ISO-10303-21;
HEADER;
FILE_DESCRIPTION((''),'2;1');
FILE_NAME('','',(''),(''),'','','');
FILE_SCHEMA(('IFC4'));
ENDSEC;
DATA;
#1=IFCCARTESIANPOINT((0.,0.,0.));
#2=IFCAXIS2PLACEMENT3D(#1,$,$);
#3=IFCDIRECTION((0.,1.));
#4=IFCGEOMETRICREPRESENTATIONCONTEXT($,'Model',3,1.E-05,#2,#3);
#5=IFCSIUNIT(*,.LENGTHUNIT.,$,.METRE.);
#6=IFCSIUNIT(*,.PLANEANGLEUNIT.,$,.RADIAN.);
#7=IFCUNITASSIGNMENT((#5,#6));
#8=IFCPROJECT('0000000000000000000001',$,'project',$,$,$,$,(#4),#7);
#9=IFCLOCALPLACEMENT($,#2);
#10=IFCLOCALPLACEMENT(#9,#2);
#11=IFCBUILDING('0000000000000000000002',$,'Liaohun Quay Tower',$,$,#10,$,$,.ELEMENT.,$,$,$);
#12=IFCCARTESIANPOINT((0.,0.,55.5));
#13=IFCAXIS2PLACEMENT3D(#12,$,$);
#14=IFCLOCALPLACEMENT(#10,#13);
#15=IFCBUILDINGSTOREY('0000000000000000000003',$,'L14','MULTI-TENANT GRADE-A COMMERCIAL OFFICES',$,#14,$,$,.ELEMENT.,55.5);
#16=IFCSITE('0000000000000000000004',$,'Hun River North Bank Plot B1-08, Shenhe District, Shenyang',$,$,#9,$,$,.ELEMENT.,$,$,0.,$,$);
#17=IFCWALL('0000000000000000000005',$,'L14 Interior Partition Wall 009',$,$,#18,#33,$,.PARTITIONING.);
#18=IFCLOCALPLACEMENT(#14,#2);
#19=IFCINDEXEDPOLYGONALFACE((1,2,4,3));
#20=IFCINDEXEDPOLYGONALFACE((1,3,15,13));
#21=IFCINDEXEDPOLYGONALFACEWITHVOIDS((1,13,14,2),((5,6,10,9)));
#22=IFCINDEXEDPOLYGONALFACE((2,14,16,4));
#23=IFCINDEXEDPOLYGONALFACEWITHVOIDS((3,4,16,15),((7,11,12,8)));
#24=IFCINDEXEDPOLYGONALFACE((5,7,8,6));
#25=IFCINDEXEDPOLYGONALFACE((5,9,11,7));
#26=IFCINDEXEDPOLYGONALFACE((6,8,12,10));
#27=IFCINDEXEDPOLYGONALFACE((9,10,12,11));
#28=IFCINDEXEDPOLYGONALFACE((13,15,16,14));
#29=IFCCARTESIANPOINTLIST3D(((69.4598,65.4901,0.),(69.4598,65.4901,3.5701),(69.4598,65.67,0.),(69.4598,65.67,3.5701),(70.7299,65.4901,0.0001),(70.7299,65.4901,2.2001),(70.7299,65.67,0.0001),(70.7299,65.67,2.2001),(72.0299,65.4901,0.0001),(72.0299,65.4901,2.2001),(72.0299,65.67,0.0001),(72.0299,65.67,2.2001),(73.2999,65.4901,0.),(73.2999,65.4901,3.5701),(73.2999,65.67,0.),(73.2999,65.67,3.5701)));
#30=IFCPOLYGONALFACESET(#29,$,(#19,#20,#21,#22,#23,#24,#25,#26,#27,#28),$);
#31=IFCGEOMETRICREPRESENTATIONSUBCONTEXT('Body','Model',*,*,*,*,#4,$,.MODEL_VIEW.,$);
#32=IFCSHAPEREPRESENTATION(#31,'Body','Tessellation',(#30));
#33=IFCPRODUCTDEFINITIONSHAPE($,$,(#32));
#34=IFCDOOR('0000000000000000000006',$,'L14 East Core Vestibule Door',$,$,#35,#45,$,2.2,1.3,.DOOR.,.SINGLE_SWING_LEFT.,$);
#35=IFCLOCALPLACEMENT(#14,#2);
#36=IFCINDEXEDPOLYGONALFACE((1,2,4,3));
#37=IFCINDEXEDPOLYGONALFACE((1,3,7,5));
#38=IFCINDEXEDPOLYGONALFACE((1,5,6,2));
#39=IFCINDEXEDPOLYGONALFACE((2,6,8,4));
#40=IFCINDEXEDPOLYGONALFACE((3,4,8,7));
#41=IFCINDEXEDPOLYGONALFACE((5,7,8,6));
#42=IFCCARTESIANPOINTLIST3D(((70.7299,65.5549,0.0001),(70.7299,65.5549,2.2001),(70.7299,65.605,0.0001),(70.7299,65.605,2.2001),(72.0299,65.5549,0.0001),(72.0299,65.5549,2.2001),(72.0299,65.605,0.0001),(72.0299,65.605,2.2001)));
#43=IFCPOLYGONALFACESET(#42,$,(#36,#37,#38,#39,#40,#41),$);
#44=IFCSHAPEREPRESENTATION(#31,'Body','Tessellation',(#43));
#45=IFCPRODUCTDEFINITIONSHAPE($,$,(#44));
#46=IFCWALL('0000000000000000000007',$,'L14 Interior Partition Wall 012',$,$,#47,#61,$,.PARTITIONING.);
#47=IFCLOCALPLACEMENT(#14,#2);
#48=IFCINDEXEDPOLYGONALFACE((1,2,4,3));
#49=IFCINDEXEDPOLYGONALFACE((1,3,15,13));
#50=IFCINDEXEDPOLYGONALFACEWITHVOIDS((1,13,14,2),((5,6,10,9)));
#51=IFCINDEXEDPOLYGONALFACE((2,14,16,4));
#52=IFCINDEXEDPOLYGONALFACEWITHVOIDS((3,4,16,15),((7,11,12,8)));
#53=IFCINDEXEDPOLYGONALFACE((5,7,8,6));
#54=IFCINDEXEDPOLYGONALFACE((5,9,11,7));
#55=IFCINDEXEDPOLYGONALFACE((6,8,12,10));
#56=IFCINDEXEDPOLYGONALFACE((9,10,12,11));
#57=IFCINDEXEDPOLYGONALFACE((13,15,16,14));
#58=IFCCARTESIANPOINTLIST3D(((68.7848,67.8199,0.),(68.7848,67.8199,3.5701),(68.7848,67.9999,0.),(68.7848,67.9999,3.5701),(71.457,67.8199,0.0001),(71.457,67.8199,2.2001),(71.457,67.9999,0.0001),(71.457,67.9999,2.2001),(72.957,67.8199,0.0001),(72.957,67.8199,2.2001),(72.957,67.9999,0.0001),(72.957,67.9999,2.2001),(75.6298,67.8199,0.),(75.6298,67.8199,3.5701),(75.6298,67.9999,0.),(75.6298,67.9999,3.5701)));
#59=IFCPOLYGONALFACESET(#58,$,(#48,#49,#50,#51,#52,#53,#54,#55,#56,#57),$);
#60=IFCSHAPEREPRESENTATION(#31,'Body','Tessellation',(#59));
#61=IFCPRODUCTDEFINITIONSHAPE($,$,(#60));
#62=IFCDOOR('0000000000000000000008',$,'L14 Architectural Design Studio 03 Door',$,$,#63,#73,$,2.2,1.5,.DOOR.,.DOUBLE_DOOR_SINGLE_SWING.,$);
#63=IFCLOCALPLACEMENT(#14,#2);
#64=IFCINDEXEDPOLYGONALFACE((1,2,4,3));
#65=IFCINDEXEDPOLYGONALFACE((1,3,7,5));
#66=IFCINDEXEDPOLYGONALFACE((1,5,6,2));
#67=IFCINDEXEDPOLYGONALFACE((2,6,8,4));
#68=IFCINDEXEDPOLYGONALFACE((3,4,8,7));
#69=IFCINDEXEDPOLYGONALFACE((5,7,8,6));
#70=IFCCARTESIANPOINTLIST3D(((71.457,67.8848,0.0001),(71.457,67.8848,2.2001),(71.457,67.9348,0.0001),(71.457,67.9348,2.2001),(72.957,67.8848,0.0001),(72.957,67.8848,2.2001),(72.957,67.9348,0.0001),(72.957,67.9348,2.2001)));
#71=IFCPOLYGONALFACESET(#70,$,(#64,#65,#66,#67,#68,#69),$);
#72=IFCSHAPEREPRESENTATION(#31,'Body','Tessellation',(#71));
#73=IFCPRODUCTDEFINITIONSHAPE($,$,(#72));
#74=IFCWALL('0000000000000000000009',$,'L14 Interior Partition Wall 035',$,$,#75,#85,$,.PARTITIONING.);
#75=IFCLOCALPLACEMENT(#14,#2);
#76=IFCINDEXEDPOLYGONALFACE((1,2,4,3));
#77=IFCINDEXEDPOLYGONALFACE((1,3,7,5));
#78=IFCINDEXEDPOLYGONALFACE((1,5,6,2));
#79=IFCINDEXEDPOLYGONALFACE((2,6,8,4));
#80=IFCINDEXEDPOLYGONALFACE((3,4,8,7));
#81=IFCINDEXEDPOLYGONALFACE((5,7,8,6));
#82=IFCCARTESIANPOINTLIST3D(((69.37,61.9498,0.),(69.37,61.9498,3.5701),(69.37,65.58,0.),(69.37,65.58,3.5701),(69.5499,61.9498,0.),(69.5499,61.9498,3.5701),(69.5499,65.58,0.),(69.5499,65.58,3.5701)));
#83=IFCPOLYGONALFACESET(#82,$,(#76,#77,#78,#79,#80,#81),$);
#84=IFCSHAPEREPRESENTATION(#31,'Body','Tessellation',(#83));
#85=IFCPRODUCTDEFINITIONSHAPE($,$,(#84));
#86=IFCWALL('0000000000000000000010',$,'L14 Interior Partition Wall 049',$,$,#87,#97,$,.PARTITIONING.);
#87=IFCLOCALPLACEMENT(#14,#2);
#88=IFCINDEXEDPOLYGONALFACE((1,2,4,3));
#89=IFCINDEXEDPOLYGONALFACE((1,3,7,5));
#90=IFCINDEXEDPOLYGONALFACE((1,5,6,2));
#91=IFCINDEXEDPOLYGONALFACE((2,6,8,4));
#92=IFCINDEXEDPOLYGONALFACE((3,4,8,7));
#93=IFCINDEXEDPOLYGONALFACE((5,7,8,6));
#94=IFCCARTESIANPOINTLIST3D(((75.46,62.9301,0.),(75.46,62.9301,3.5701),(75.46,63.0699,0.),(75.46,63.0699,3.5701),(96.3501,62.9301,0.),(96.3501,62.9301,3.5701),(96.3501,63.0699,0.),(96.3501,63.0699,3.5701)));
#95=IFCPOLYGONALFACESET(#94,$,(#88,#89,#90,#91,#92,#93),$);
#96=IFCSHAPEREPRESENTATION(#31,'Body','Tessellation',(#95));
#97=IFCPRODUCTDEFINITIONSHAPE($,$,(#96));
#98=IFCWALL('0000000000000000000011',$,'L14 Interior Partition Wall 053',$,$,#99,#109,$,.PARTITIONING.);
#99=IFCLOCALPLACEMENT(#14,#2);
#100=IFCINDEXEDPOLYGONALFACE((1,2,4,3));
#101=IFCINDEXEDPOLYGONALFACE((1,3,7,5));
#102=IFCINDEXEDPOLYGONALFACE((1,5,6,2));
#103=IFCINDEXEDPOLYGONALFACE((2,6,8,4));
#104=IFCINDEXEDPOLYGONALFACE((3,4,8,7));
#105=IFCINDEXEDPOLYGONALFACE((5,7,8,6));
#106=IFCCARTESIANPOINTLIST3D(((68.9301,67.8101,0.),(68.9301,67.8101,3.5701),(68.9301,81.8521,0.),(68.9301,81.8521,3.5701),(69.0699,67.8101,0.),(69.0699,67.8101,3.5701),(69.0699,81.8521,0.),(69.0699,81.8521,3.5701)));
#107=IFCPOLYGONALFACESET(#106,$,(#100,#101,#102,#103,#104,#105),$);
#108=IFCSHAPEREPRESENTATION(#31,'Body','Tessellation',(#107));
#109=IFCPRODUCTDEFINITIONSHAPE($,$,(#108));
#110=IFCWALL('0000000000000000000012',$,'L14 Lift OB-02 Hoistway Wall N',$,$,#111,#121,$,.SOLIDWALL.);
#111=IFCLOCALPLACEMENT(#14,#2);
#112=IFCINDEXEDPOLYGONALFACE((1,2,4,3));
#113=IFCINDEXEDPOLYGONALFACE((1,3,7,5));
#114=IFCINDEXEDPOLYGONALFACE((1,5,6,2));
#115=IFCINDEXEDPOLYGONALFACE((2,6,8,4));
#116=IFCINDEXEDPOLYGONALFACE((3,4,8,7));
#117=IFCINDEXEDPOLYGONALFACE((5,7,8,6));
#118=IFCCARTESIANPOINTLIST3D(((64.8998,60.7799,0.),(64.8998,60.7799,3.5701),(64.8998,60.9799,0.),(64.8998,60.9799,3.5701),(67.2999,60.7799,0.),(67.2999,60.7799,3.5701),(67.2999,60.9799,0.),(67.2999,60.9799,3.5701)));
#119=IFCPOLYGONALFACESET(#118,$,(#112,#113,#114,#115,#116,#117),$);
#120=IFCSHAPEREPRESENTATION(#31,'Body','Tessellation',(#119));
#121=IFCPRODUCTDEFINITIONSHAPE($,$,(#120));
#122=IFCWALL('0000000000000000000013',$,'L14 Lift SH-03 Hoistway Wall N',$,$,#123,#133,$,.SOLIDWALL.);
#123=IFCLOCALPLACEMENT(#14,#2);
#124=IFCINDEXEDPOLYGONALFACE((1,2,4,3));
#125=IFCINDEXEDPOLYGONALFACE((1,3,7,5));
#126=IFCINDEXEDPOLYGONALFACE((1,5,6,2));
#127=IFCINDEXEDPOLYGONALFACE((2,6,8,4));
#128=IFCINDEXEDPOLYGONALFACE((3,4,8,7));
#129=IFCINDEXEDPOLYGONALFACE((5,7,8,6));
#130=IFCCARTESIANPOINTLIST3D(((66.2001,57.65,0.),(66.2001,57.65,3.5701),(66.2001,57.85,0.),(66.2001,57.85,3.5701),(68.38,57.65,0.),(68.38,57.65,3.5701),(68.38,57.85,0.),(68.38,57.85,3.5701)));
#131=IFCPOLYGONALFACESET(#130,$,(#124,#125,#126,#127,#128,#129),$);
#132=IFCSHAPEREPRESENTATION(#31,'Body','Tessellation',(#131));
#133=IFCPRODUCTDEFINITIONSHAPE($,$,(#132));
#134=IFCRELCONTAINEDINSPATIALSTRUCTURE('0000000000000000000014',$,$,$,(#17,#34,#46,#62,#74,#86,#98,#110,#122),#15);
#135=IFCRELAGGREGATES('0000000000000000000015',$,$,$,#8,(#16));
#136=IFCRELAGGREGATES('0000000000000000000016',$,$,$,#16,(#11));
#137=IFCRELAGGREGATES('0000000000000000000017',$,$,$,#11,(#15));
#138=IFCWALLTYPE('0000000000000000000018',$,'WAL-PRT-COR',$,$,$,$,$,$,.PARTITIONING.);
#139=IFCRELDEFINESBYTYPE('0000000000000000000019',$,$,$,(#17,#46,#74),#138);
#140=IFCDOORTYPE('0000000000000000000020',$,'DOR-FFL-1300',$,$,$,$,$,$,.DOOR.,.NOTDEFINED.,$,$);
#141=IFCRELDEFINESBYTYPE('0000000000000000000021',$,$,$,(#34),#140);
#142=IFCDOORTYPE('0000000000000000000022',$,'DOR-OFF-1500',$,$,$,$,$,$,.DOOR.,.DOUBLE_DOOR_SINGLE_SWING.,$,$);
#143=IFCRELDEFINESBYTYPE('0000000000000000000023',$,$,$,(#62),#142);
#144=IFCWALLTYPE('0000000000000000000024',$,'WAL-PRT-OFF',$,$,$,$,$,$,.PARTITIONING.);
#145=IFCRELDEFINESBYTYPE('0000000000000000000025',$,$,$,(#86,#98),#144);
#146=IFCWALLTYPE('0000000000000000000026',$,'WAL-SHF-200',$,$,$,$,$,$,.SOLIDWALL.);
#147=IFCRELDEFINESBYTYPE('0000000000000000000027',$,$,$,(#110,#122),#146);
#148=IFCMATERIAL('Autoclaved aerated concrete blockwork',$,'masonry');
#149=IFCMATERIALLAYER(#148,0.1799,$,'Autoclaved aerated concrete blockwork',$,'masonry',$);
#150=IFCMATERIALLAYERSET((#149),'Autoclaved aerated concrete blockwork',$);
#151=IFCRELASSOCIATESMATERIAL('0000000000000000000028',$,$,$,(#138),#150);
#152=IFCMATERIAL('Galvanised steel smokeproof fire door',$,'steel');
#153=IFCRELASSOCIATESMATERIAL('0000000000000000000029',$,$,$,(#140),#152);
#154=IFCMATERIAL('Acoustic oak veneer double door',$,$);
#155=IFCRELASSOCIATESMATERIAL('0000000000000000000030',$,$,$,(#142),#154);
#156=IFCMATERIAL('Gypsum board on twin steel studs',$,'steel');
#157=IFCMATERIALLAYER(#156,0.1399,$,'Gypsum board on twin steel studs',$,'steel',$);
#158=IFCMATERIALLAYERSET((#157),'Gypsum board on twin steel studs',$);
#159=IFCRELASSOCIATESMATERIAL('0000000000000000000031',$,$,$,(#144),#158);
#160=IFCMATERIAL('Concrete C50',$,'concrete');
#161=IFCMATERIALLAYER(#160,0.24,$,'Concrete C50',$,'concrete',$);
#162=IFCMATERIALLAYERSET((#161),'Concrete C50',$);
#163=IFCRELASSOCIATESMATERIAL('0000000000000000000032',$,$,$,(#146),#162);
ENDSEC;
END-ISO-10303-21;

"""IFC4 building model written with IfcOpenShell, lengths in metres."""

from ifc_helpers import new_model, si_unit, direction, frame, frame_2d, origin, place, context, subcontext, project, spatial, rectangle, extrude, source, transform, mapped, material, layer, layer_set, type_object, element, fill, save


model = new_model("IFC4")

# Units and contexts
model_context = context("Model", 3, precision=1e-05, world=origin(), true_north=direction((0.0, 1.0)))
body_context = subcontext(model_context, "Body", "Model", "MODEL_VIEW")
ifc_project = project(units=[si_unit("LENGTHUNIT", "METRE"), si_unit("PLANEANGLEUNIT", "RADIAN")], contexts=[model_context])

# Site, building, storey
site_placement = place(None, origin())
site = spatial("IfcSite", under=ifc_project, at=site_placement, Name="Hun River North Bank Plot B1-08, Shenhe District, Shenyang", CompositionType="ELEMENT", RefElevation=0.0)
building_placement = place(site_placement, origin())
building = spatial("IfcBuilding", under=site, at=building_placement, Name="Liaohun Quay Tower", CompositionType="ELEMENT")
storey_placement = place(building_placement, frame((0.0, 0.0, 55.5)))
storey = spatial("IfcBuildingStorey", under=building, at=storey_placement, Name="L14", Description="MULTI-TENANT GRADE-A COMMERCIAL OFFICES", CompositionType="ELEMENT", Elevation=55.5)

# Walls, openings, doors
ifc_material_1 = material(Name="Autoclaved aerated concrete blockwork", Category="masonry")
ifc_layer_1 = layer(ifc_material_1, 0.1799, Name="Autoclaved aerated concrete blockwork", Category="masonry")
ifc_layer_set_1 = layer_set([ifc_layer_1], Name="Autoclaved aerated concrete blockwork")
wall_type_1 = type_object("IfcWallType", Name="WAL-PRT-COR", PredefinedType="PARTITIONING", material=ifc_layer_set_1)
wall_1_placement = place(storey_placement, frame((69.46, 65.5801, 0.0), z_axis=(0.0, 0.0, 1.0), x_axis=(1.0, 0.0, 0.0)))
wall_1 = element("IfcWall", 1, at=wall_1_placement, inside=storey, type_object=wall_type_1, Name="L14 Interior Partition Wall 009", PredefinedType="PARTITIONING", context=body_context, shape_type="SweptSolid", body=[
    extrude(rectangle(XDim=3.8401, YDim=0.1799, at=frame_2d((1.9199, 0.0))), origin(), (0.0, 0.0, 1.0), 3.5701),
])
shared_shape_1 = source(origin(), body_context, "Body", "SweptSolid", [
    extrude(rectangle(XDim=1.3, YDim=2.2, at=frame_2d((0.6499, 1.1001))), frame((0.0, 0.0999, 0.0), z_axis=(0.0, -1.0, 0.0), x_axis=(1.0, 0.0, 0.0)), (0.0, 0.0, 1.0), 0.2),
])
opening_1_placement = place(wall_1_placement, frame((1.27, 0.0, 0.0)))
opening_1 = element("IfcOpeningElement", 2, at=opening_1_placement, cuts=wall_1, PredefinedType="OPENING", context=body_context, shape_type="MappedRepresentation", body=[
    mapped(shared_shape_1, transform((0.0, 0.0, 0.0), x_axis=(1.0, 0.0, 0.0), y_axis=(0.0, 1.0, 0.0), z_axis=(0.0, 0.0, 1.0), scale=1.0)),
])
ifc_material_2 = material(Name="Galvanised steel smokeproof fire door", Category="steel")
door_type_1 = type_object("IfcDoorType", Name="DOR-FFL-1300", OperationType="NOTDEFINED", PredefinedType="DOOR", material=ifc_material_2)
shared_shape_2 = source(origin(), body_context, "Body", "SweptSolid", [
    extrude(rectangle(XDim=1.3, YDim=2.2, at=frame_2d((0.6499, 1.1001))), frame((0.0, 0.0249, 0.0), z_axis=(0.0, -1.0, 0.0), x_axis=(1.0, 0.0, 0.0)), (0.0, 0.0, 1.0), 0.05),
])
door_1_placement = place(opening_1_placement, origin())
door_1 = element("IfcDoor", 3, at=door_1_placement, inside=storey, type_object=door_type_1, Name="L14 East Core Vestibule Door", OperationType="SINGLE_SWING_LEFT", OverallHeight=2.2, OverallWidth=1.3, PredefinedType="DOOR", context=body_context, shape_type="MappedRepresentation", body=[
    mapped(shared_shape_2, transform((0.0, 0.0, 0.0), x_axis=(1.0, 0.0, 0.0), y_axis=(0.0, 1.0, 0.0), z_axis=(0.0, 0.0, 1.0), scale=1.0)),
])
fill(opening_1, door_1)
wall_2_placement = place(storey_placement, frame((68.7849, 67.9099, 0.0), z_axis=(0.0, 0.0, 1.0), x_axis=(1.0, 0.0, 0.0)))
wall_2 = element("IfcWall", 4, at=wall_2_placement, inside=storey, type_object=wall_type_1, Name="L14 Interior Partition Wall 012", PredefinedType="PARTITIONING", context=body_context, shape_type="SweptSolid", body=[
    extrude(rectangle(XDim=6.845, YDim=0.1799, at=frame_2d((3.4224, 0.0))), origin(), (0.0, 0.0, 1.0), 3.5701),
])
shared_shape_3 = source(origin(), body_context, "Body", "SweptSolid", [
    extrude(rectangle(XDim=1.5, YDim=2.2, at=frame_2d((0.75, 1.1001))), frame((0.0, 0.0999, 0.0), z_axis=(0.0, -1.0, 0.0), x_axis=(1.0, 0.0, 0.0)), (0.0, 0.0, 1.0), 0.2),
])
opening_2_placement = place(wall_2_placement, frame((2.6721, 0.0, 0.0)))
opening_2 = element("IfcOpeningElement", 5, at=opening_2_placement, cuts=wall_2, PredefinedType="OPENING", context=body_context, shape_type="MappedRepresentation", body=[
    mapped(shared_shape_3, transform((0.0, 0.0, 0.0), x_axis=(1.0, 0.0, 0.0), y_axis=(0.0, 1.0, 0.0), z_axis=(0.0, 0.0, 1.0), scale=1.0)),
])
ifc_material_3 = material(Name="Acoustic oak veneer double door")
door_type_2 = type_object("IfcDoorType", Name="DOR-OFF-1500", OperationType="DOUBLE_DOOR_SINGLE_SWING", PredefinedType="DOOR", material=ifc_material_3)
shared_shape_4 = source(origin(), body_context, "Body", "SweptSolid", [
    extrude(rectangle(XDim=1.5, YDim=2.2, at=frame_2d((0.75, 1.1001))), frame((0.0, 0.0249, 0.0), z_axis=(0.0, -1.0, 0.0), x_axis=(1.0, 0.0, 0.0)), (0.0, 0.0, 1.0), 0.05),
])
door_2_placement = place(opening_2_placement, origin())
door_2 = element("IfcDoor", 6, at=door_2_placement, inside=storey, type_object=door_type_2, Name="L14 Architectural Design Studio 03 Door", OperationType="DOUBLE_DOOR_SINGLE_SWING", OverallHeight=2.2, OverallWidth=1.5, PredefinedType="DOOR", context=body_context, shape_type="MappedRepresentation", body=[
    mapped(shared_shape_4, transform((0.0, 0.0, 0.0), x_axis=(1.0, 0.0, 0.0), y_axis=(0.0, 1.0, 0.0), z_axis=(0.0, 0.0, 1.0), scale=1.0)),
])
fill(opening_2, door_2)

# Walls
wall_3_placement = place(storey_placement, frame((69.46, 61.95, 0.0), z_axis=(0.0, 0.0, 1.0), x_axis=(0.0, 1.0, 0.0)))
element("IfcWall", 7, at=wall_3_placement, inside=storey, type_object=wall_type_1, Name="L14 Interior Partition Wall 035", PredefinedType="PARTITIONING", context=body_context, shape_type="SweptSolid", body=[
    extrude(rectangle(XDim=3.6301, YDim=0.1799, at=frame_2d((1.8149, 0.0))), origin(), (0.0, 0.0, 1.0), 3.5701),
])
ifc_material_4 = material(Name="Gypsum board on twin steel studs", Category="steel")
ifc_layer_2 = layer(ifc_material_4, 0.1399, Name="Gypsum board on twin steel studs", Category="steel")
ifc_layer_set_2 = layer_set([ifc_layer_2], Name="Gypsum board on twin steel studs")
wall_type_2 = type_object("IfcWallType", Name="WAL-PRT-OFF", PredefinedType="PARTITIONING", material=ifc_layer_set_2)
wall_4_placement = place(storey_placement, frame((75.46, 63.0, 0.0), z_axis=(0.0, 0.0, 1.0), x_axis=(1.0, 0.0, 0.0)))
element("IfcWall", 8, at=wall_4_placement, inside=storey, type_object=wall_type_2, Name="L14 Interior Partition Wall 049", PredefinedType="PARTITIONING", context=body_context, shape_type="SweptSolid", body=[
    extrude(rectangle(XDim=20.8901, YDim=0.1399, at=frame_2d((10.4451, 0.0))), origin(), (0.0, 0.0, 1.0), 3.5701),
])
wall_5_placement = place(storey_placement, frame((69.0, 67.8101, 0.0), z_axis=(0.0, 0.0, 1.0), x_axis=(0.0, 1.0, 0.0)))
element("IfcWall", 9, at=wall_5_placement, inside=storey, type_object=wall_type_2, Name="L14 Interior Partition Wall 053", PredefinedType="PARTITIONING", context=body_context, shape_type="SweptSolid", body=[
    extrude(rectangle(XDim=14.042, YDim=0.1399, at=frame_2d((7.021, 0.0))), origin(), (0.0, 0.0, 1.0), 3.5701),
])
ifc_material_5 = material(Name="Concrete C50", Category="concrete")
ifc_layer_3 = layer(ifc_material_5, 0.24, Name="Concrete C50", Category="concrete")
ifc_layer_set_3 = layer_set([ifc_layer_3], Name="Concrete C50")
wall_type_3 = type_object("IfcWallType", Name="WAL-SHF-200", PredefinedType="SOLIDWALL", material=ifc_layer_set_3)
wall_6_placement = place(storey_placement, frame((67.3, 60.8799, 0.0), z_axis=(0.0, 0.0, 1.0), x_axis=(-1.0, 0.0, 0.0)))
element("IfcWall", 10, at=wall_6_placement, inside=storey, type_object=wall_type_3, Name="L14 Lift OB-02 Hoistway Wall N", PredefinedType="SOLIDWALL", context=body_context, shape_type="SweptSolid", body=[
    extrude(rectangle(XDim=2.4001, YDim=0.2, at=frame_2d((1.2002, 0.0))), origin(), (0.0, 0.0, 1.0), 3.5701),
])
wall_7_placement = place(storey_placement, frame((68.3799, 57.75, 0.0), z_axis=(0.0, 0.0, 1.0), x_axis=(-1.0, 0.0, 0.0)))
element("IfcWall", 11, at=wall_7_placement, inside=storey, type_object=wall_type_3, Name="L14 Lift SH-03 Hoistway Wall N", PredefinedType="SOLIDWALL", context=body_context, shape_type="SweptSolid", body=[
    extrude(rectangle(XDim=2.1799, YDim=0.2, at=frame_2d((1.0898, 0.0))), origin(), (0.0, 0.0, 1.0), 3.5701),
])

save(model, "model.ifc")
